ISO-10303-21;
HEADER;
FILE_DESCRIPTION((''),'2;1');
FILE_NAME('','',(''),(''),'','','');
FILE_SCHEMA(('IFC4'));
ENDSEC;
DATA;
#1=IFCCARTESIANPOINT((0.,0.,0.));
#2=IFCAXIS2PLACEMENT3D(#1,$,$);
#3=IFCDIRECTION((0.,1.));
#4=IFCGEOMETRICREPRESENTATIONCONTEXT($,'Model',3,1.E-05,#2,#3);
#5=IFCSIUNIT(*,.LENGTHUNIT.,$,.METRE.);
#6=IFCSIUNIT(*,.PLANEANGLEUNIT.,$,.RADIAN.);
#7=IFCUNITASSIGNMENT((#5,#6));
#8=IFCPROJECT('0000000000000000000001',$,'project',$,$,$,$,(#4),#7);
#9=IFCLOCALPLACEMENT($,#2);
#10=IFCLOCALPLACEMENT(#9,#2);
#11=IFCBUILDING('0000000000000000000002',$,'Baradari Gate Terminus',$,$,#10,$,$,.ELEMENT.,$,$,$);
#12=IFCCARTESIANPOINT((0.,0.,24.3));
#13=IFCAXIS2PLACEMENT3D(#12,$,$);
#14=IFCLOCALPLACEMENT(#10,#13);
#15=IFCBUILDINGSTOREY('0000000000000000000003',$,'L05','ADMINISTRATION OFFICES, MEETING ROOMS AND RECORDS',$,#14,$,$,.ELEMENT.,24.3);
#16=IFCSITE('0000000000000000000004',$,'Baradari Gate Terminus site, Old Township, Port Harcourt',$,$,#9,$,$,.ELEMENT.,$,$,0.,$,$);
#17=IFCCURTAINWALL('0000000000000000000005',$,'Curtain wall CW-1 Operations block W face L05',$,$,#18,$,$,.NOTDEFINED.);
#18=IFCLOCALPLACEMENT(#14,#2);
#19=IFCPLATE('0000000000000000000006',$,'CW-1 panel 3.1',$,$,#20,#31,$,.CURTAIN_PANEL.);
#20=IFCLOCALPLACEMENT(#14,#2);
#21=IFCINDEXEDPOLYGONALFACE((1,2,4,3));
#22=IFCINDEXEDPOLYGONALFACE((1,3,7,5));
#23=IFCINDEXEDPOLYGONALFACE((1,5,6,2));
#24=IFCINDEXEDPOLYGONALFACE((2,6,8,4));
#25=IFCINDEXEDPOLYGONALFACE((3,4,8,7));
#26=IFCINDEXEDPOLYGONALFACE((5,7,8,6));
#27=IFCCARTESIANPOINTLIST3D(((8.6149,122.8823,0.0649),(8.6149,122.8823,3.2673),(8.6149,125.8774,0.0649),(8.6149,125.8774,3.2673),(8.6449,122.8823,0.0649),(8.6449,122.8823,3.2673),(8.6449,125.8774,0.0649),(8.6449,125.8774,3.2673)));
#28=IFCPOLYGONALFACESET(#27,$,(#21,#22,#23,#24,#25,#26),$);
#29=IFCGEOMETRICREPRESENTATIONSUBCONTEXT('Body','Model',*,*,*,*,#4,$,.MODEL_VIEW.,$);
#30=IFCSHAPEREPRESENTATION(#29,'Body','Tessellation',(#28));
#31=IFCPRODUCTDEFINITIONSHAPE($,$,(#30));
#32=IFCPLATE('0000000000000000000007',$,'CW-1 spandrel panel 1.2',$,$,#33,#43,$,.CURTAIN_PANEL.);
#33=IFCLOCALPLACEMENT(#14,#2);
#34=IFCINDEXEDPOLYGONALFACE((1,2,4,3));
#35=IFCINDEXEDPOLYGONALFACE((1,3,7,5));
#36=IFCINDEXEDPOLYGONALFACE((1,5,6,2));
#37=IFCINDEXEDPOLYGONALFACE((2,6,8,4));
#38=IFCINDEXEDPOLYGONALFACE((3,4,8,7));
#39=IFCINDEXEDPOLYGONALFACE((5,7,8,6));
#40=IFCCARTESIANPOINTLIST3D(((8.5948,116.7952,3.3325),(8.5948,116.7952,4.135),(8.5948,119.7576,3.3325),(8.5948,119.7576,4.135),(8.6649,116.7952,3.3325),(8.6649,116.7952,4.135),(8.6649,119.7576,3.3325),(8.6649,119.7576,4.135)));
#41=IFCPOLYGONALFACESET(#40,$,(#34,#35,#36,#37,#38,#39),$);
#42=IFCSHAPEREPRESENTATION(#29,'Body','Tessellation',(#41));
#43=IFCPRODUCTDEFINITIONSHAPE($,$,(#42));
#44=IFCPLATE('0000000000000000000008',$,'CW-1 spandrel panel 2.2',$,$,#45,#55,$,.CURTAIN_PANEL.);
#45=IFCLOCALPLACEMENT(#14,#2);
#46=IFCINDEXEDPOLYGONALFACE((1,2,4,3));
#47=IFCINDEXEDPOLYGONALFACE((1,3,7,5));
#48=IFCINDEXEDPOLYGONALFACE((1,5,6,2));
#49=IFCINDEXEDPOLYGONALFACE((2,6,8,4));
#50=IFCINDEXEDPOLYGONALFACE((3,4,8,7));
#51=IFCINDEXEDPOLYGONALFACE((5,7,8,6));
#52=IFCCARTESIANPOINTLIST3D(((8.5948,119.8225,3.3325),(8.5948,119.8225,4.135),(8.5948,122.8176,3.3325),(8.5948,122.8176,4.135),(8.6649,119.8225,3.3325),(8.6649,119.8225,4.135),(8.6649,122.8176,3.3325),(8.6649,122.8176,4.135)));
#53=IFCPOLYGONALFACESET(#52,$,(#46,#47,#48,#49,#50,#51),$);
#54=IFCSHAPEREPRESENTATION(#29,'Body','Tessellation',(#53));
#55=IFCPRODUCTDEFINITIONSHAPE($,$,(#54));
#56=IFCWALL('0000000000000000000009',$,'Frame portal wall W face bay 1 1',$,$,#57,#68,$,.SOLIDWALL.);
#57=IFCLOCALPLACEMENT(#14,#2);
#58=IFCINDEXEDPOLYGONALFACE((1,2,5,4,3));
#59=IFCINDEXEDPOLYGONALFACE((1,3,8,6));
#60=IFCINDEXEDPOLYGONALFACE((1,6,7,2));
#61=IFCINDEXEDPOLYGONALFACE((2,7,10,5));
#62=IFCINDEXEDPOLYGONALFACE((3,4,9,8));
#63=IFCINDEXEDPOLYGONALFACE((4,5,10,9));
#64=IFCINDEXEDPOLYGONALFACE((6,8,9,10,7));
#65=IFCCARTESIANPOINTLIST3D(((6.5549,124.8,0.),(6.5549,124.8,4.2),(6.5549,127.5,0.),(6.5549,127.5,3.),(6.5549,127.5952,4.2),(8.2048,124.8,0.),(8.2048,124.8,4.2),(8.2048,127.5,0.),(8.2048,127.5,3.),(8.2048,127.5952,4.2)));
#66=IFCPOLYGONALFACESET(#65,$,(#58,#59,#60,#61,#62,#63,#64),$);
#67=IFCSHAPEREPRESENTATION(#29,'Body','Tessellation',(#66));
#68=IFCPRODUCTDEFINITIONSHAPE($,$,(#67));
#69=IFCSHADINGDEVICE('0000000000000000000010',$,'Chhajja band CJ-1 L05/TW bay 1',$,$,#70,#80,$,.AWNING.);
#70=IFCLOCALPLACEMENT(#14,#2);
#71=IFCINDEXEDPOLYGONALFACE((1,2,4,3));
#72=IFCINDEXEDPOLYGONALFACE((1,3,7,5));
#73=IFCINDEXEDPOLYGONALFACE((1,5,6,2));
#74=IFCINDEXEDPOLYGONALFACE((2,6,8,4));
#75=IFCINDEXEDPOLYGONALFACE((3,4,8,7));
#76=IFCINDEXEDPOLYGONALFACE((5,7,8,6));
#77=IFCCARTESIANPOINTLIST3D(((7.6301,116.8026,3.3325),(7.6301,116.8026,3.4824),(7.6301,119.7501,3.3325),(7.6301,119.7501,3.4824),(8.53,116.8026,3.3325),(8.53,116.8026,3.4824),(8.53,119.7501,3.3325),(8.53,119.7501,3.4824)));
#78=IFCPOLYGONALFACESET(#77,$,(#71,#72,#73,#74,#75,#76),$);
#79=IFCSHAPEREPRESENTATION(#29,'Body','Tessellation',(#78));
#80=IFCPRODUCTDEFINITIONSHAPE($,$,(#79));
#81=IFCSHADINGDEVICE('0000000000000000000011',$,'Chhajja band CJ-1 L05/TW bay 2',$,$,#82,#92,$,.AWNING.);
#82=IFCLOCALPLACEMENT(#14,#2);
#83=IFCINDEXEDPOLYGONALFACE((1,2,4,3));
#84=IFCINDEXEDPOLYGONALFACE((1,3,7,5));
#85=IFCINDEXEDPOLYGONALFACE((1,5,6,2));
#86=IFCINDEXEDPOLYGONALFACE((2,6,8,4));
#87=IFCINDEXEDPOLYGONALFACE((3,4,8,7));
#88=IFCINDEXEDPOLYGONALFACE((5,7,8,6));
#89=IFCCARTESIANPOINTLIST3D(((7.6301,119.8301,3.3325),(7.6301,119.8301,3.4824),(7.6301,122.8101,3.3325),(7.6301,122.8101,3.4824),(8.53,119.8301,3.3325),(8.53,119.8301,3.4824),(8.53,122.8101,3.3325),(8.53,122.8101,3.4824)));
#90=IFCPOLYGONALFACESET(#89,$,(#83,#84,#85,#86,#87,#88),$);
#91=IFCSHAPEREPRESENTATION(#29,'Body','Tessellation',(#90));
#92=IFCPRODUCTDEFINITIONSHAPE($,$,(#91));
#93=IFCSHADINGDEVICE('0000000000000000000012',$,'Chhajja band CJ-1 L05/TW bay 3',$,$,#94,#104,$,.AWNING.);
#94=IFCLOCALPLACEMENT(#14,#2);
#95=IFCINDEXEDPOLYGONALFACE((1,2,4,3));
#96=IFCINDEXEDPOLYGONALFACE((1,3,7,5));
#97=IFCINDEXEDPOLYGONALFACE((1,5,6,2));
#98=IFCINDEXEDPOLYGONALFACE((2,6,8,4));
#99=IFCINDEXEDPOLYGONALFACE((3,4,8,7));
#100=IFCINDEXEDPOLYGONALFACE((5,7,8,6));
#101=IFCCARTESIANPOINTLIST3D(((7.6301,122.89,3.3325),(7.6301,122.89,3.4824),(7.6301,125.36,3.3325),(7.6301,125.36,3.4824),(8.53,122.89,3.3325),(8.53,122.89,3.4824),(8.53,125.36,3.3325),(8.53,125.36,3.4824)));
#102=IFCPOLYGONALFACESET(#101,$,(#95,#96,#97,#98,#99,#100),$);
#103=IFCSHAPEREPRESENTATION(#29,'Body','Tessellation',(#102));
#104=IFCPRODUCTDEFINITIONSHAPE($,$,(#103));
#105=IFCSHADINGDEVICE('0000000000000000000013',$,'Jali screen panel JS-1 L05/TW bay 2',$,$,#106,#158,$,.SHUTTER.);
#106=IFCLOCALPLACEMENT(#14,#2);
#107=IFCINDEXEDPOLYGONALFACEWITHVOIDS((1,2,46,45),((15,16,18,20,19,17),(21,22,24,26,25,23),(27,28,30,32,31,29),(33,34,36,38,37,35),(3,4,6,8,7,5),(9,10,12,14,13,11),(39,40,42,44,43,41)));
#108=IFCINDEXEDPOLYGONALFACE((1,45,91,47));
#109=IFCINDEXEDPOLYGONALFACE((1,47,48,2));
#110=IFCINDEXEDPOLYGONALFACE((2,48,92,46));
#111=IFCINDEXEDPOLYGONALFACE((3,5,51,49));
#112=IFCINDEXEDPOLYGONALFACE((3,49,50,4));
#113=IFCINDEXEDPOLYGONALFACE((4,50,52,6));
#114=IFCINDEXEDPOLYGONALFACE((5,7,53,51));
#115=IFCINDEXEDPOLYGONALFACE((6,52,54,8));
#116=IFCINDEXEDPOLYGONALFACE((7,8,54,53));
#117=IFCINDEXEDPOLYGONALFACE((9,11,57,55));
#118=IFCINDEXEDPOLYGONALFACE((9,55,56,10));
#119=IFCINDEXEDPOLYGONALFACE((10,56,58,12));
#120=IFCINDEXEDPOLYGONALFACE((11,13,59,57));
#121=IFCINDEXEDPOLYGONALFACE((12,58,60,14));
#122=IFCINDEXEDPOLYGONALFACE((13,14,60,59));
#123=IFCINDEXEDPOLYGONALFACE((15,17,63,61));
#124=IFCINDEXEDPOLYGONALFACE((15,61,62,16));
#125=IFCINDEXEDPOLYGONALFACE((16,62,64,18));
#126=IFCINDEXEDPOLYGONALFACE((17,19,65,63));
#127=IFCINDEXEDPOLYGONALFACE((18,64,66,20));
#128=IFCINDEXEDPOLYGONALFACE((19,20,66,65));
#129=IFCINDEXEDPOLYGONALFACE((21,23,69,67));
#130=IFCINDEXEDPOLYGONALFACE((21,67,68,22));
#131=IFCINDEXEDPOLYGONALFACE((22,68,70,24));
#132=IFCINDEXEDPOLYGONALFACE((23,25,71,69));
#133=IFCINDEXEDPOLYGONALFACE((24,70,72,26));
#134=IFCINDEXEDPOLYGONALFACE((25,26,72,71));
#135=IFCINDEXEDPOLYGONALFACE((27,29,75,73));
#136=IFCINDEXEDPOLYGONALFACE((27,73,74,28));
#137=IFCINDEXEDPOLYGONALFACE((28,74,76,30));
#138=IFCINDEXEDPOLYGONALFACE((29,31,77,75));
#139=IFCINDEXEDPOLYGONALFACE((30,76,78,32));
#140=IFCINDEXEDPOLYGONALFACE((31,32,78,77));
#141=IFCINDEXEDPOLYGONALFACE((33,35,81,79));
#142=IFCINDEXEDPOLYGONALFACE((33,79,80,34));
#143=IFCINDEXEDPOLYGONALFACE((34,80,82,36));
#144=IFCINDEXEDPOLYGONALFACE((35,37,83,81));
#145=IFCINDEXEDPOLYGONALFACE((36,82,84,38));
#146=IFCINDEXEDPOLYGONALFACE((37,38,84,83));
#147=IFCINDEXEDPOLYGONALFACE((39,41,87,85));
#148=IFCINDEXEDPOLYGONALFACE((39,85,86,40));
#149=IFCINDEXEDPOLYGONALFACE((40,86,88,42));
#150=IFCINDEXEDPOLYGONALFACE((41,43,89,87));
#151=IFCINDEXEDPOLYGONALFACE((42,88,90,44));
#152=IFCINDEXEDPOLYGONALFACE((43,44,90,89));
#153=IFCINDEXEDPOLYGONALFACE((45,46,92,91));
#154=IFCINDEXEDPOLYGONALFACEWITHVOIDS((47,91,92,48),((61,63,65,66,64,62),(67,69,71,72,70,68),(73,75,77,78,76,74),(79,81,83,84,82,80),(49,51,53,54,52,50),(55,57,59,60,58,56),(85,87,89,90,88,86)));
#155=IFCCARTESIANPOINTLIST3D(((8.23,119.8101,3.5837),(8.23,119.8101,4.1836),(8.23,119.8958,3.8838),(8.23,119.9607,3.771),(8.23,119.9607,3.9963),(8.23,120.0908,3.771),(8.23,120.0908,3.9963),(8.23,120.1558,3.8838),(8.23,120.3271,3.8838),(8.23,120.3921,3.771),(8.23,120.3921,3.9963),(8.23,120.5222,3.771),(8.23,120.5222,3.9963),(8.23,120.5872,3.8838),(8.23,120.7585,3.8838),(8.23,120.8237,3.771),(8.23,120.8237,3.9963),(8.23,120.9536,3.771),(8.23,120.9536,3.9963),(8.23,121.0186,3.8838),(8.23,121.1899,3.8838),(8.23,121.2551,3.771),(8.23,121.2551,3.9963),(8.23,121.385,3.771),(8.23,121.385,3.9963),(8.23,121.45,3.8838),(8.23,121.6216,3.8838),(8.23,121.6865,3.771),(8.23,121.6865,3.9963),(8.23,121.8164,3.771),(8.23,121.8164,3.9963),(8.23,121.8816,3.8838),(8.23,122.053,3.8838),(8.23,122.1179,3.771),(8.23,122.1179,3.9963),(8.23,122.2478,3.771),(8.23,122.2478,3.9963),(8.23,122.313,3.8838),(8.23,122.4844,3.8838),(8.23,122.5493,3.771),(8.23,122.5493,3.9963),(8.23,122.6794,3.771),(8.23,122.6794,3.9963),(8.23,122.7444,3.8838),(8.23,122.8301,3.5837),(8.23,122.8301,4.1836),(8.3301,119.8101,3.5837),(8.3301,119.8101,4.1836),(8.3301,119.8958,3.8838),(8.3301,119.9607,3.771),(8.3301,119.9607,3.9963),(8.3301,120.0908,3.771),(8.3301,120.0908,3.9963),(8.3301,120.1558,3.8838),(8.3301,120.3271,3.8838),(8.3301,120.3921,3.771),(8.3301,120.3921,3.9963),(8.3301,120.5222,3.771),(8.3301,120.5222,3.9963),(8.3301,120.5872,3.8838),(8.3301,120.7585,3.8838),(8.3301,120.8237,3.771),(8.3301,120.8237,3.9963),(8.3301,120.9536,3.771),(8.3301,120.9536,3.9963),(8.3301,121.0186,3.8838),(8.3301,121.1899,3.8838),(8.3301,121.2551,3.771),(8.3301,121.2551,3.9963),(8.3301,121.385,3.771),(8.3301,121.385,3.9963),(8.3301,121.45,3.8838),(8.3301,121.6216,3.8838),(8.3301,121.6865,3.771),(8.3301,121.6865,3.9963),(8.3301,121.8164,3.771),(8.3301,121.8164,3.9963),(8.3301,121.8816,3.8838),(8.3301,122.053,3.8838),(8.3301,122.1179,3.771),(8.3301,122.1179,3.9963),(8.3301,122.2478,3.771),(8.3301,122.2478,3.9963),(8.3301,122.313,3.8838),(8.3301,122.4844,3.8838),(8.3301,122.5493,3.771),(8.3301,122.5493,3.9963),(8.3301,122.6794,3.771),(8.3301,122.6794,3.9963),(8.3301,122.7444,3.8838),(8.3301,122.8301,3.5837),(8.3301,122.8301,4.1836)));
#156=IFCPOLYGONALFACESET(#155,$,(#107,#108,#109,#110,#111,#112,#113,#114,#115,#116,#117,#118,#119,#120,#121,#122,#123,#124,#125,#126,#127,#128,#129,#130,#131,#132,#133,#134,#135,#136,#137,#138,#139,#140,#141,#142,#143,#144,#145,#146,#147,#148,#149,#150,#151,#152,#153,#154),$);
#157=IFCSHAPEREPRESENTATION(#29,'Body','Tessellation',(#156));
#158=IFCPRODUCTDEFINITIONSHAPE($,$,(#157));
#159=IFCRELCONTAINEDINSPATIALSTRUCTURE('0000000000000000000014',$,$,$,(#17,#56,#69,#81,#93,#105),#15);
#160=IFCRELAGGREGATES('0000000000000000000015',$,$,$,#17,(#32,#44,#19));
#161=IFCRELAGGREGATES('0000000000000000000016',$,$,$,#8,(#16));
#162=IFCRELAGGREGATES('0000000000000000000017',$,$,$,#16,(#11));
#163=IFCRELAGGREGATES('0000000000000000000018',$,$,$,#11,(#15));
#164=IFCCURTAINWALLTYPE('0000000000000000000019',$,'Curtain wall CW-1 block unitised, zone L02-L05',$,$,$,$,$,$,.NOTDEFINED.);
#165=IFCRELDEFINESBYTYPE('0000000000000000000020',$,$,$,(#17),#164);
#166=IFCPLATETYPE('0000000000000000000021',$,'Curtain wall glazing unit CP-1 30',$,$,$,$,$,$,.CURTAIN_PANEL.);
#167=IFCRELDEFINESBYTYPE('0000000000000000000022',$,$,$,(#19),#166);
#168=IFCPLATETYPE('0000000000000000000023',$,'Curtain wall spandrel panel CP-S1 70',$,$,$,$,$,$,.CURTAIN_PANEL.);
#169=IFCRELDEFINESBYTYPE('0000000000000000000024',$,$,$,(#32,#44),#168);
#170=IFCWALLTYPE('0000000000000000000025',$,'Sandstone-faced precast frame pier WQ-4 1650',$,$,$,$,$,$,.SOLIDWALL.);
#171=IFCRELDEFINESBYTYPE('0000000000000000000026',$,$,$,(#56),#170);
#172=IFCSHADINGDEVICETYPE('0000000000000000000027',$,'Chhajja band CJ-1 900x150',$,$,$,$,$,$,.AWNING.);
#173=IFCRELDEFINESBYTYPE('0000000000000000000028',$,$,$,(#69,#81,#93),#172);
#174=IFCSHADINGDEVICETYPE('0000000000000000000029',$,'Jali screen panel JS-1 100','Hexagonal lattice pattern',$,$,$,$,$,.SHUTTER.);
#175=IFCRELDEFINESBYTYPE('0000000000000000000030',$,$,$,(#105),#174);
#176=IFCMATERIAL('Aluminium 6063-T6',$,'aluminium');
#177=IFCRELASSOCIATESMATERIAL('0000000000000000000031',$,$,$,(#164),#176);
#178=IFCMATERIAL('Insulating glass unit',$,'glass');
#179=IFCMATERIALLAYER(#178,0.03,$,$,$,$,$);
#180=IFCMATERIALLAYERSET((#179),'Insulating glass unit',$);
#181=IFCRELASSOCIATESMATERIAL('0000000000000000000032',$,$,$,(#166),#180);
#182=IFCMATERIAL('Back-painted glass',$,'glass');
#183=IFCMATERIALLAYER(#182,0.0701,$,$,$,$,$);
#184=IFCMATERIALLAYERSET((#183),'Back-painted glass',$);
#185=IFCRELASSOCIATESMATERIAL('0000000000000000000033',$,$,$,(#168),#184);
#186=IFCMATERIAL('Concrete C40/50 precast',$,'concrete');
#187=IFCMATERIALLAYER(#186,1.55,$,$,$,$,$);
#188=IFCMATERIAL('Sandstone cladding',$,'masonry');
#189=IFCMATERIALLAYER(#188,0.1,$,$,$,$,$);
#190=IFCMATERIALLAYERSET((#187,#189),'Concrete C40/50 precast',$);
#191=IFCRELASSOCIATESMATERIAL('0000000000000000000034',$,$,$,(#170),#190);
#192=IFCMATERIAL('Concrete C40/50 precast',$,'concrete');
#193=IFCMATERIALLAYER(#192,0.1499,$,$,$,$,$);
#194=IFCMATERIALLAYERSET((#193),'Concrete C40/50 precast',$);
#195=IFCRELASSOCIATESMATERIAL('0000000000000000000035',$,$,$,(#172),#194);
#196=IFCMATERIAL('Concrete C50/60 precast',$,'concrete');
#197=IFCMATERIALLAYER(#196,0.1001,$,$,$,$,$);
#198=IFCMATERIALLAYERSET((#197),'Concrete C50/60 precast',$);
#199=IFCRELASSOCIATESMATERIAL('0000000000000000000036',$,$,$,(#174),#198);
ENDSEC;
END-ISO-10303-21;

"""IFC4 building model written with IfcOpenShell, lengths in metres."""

from ifc_helpers import new_model, si_unit, direction, frame, origin, origin_2d, place, context, subcontext, project, spatial, polyline, rectangle, outline, extrude, material, layer, layer_set, type_object, element, aggregate, save


model = new_model("IFC4")

# Units and contexts
model_context = context("Model", 3, precision=1e-05, world=origin(), true_north=direction((0.0, 1.0)))
body_context = subcontext(model_context, "Body", "Model", "MODEL_VIEW")
ifc_project = project(units=[si_unit("LENGTHUNIT", "METRE"), si_unit("PLANEANGLEUNIT", "RADIAN")], contexts=[model_context])

# Site, building, storey
site_placement = place(None, origin())
site = spatial("IfcSite", under=ifc_project, at=site_placement, Name="Baradari Gate Terminus site, Old Township, Port Harcourt", CompositionType="ELEMENT", RefElevation=0.0)
building_placement = place(site_placement, origin())
building = spatial("IfcBuilding", under=site, at=building_placement, Name="Baradari Gate Terminus", CompositionType="ELEMENT")
storey_placement = place(building_placement, frame((0.0, 0.0, 24.3)))
storey = spatial("IfcBuildingStorey", under=building, at=storey_placement, Name="L05", Description="ADMINISTRATION OFFICES, MEETING ROOMS AND RECORDS", CompositionType="ELEMENT", Elevation=24.3)

# Curtain wall, plates
ifc_material_1 = material(Name="Aluminium 6063-T6", Category="aluminium")
curtain_wall_type = type_object("IfcCurtainWallType", Name="Curtain wall CW-1 block unitised, zone L02-L05", PredefinedType="NOTDEFINED", material=ifc_material_1)
curtain_wall_placement = place(storey_placement, origin())
curtain_wall = element("IfcCurtainWall", 1, at=curtain_wall_placement, inside=storey, type_object=curtain_wall_type, Name="Curtain wall CW-1 Operations block W face L05", PredefinedType="NOTDEFINED")
ifc_material_2 = material(Name="Insulating glass unit", Category="glass")
ifc_layer_1 = layer(ifc_material_2, 0.03)
ifc_layer_set_1 = layer_set([ifc_layer_1], Name="Insulating glass unit")
plate_type_1 = type_object("IfcPlateType", Name="Curtain wall glazing unit CP-1 30", PredefinedType="CURTAIN_PANEL", material=ifc_layer_set_1)
plate_1_placement = place(storey_placement, frame((8.6299, 124.3799, 0.0649), z_axis=(0.0, 0.0, 1.0), x_axis=(0.0, 1.0, 0.0)))
plate_1 = element("IfcPlate", 2, at=plate_1_placement, type_object=plate_type_1, Name="CW-1 panel 3.1", PredefinedType="CURTAIN_PANEL", context=body_context, shape_type="SweptSolid", body=[
    extrude(rectangle(XDim=2.9951, YDim=0.03, at=origin_2d()), origin(), (0.0, 0.0, 1.0), 3.2024),
])
ifc_material_3 = material(Name="Back-painted glass", Category="glass")
ifc_layer_2 = layer(ifc_material_3, 0.0701)
ifc_layer_set_2 = layer_set([ifc_layer_2], Name="Back-painted glass")
plate_type_2 = type_object("IfcPlateType", Name="Curtain wall spandrel panel CP-S1 70", PredefinedType="CURTAIN_PANEL", material=ifc_layer_set_2)
plate_2_placement = place(storey_placement, frame((8.6299, 118.2764, 3.3325), z_axis=(0.0, 0.0, 1.0), x_axis=(0.0, 1.0, 0.0)))
plate_2 = element("IfcPlate", 3, at=plate_2_placement, type_object=plate_type_2, Name="CW-1 spandrel panel 1.2", PredefinedType="CURTAIN_PANEL", context=body_context, shape_type="SweptSolid", body=[
    extrude(rectangle(XDim=2.9624, YDim=0.0701, at=origin_2d()), origin(), (0.0, 0.0, 1.0), 0.8025),
])
plate_3_placement = place(storey_placement, frame((8.6299, 121.3201, 3.3325), z_axis=(0.0, 0.0, 1.0), x_axis=(0.0, 1.0, 0.0)))
plate_3 = element("IfcPlate", 4, at=plate_3_placement, type_object=plate_type_2, Name="CW-1 spandrel panel 2.2", PredefinedType="CURTAIN_PANEL", context=body_context, shape_type="SweptSolid", body=[
    extrude(rectangle(XDim=2.9951, YDim=0.0701, at=origin_2d()), origin(), (0.0, 0.0, 1.0), 0.8025),
])
aggregate(curtain_wall, [plate_2, plate_3, plate_1])

# Wall
ifc_material_4 = material(Name="Concrete C40/50 precast", Category="concrete")
ifc_layer_3 = layer(ifc_material_4, 1.55)
ifc_material_5 = material(Name="Sandstone cladding", Category="masonry")
ifc_layer_4 = layer(ifc_material_5, 0.1)
ifc_layer_set_3 = layer_set([ifc_layer_3, ifc_layer_4], Name="Concrete C40/50 precast")
wall_type = type_object("IfcWallType", Name="Sandstone-faced precast frame pier WQ-4 1650", PredefinedType="SOLIDWALL", material=ifc_layer_set_3)
wall_placement = place(storey_placement, frame((7.3799, 124.8, 0.0), z_axis=(0.0, 0.0, 1.0), x_axis=(0.0, 1.0, 0.0)))
element("IfcWall", 5, at=wall_placement, inside=storey, type_object=wall_type, Name="Frame portal wall W face bay 1 1", PredefinedType="SOLIDWALL", context=body_context, shape_type="SweptSolid", body=[
    extrude(outline(polyline([(2.7, 0.0), (2.7, 3.0), (2.7952, 4.2), (0.0, 4.2), (0.0, 0.0), (2.7, 0.0)])), frame((0.0, 0.825, 0.0), z_axis=(0.0, -1.0, 0.0), x_axis=(1.0, 0.0, 0.0)), (0.0, 0.0, 1.0), 1.6499),
])

# Shading devices
ifc_material_6 = material(Name="Concrete C40/50 precast", Category="concrete")
ifc_layer_5 = layer(ifc_material_6, 0.1499)
ifc_layer_set_4 = layer_set([ifc_layer_5], Name="Concrete C40/50 precast")
shading_device_type_1 = type_object("IfcShadingDeviceType", Name="Chhajja band CJ-1 900x150", PredefinedType="AWNING", material=ifc_layer_set_4)
shading_device_1_placement = place(storey_placement, frame((8.0801, 118.2764, 3.3325), z_axis=(0.0, 0.0, 1.0), x_axis=(0.0, 1.0, 0.0)))
element("IfcShadingDevice", 6, at=shading_device_1_placement, inside=storey, type_object=shading_device_type_1, Name="Chhajja band CJ-1 L05/TW bay 1", PredefinedType="AWNING", context=body_context, shape_type="SweptSolid", body=[
    extrude(rectangle(XDim=2.9475, YDim=0.8999, at=origin_2d()), origin(), (0.0, 0.0, 1.0), 0.1499),
])
shading_device_2_placement = place(storey_placement, frame((8.0801, 121.3201, 3.3325), z_axis=(0.0, 0.0, 1.0), x_axis=(0.0, 1.0, 0.0)))
element("IfcShadingDevice", 7, at=shading_device_2_placement, inside=storey, type_object=shading_device_type_1, Name="Chhajja band CJ-1 L05/TW bay 2", PredefinedType="AWNING", context=body_context, shape_type="SweptSolid", body=[
    extrude(rectangle(XDim=2.98, YDim=0.8999, at=origin_2d()), origin(), (0.0, 0.0, 1.0), 0.1499),
])
shading_device_3_placement = place(storey_placement, frame((8.0801, 124.125, 3.3325), z_axis=(0.0, 0.0, 1.0), x_axis=(0.0, 1.0, 0.0)))
element("IfcShadingDevice", 8, at=shading_device_3_placement, inside=storey, type_object=shading_device_type_1, Name="Chhajja band CJ-1 L05/TW bay 3", PredefinedType="AWNING", context=body_context, shape_type="SweptSolid", body=[
    extrude(rectangle(XDim=2.47, YDim=0.8999, at=origin_2d()), origin(), (0.0, 0.0, 1.0), 0.1499),
])
ifc_material_7 = material(Name="Concrete C50/60 precast", Category="concrete")
ifc_layer_6 = layer(ifc_material_7, 0.1001)
ifc_layer_set_5 = layer_set([ifc_layer_6], Name="Concrete C50/60 precast")
shading_device_type_2 = type_object("IfcShadingDeviceType", Name="Jali screen panel JS-1 100", Description="Hexagonal lattice pattern", PredefinedType="SHUTTER", material=ifc_layer_set_5)
shading_device_4_placement = place(storey_placement, frame((8.28, 119.8101, 3.5837), z_axis=(0.0, 0.0, 1.0), x_axis=(0.0, 1.0, 0.0)))
element("IfcShadingDevice", 9, at=shading_device_4_placement, inside=storey, type_object=shading_device_type_2, Name="Jali screen panel JS-1 L05/TW bay 2", PredefinedType="SHUTTER", context=body_context, shape_type="SweptSolid", body=[
    extrude(outline(polyline([(0.0, 0.0), (3.02, 0.0), (3.02, 0.5999), (0.0, 0.5999), (0.0, 0.0)]), holes=[polyline([(0.3457, 0.3), (0.2808, 0.1873), (0.1506, 0.1873), (0.0857, 0.3), (0.1506, 0.4126), (0.2808, 0.4126), (0.3457, 0.3)]), polyline([(0.7771, 0.3), (0.7122, 0.1873), (0.582, 0.1873), (0.5171, 0.3), (0.582, 0.4126), (0.7122, 0.4126), (0.7771, 0.3)]), polyline([(1.2085, 0.3), (1.1436, 0.1873), (1.0137, 0.1873), (0.9485, 0.3), (1.0137, 0.4126), (1.1436, 0.4126), (1.2085, 0.3)]), polyline([(1.6399, 0.3), (1.575, 0.1873), (1.4451, 0.1873), (1.3799, 0.3), (1.4451, 0.4126), (1.575, 0.4126), (1.6399, 0.3)]), polyline([(2.0715, 0.3), (2.0063, 0.1873), (1.8765, 0.1873), (1.8115, 0.3), (1.8765, 0.4126), (2.0063, 0.4126), (2.0715, 0.3)]), polyline([(2.5029, 0.3), (2.4377, 0.1873), (2.3079, 0.1873), (2.2429, 0.3), (2.3079, 0.4126), (2.4377, 0.4126), (2.5029, 0.3)]), polyline([(2.9343, 0.3), (2.8694, 0.1873), (2.7393, 0.1873), (2.6743, 0.3), (2.7393, 0.4126), (2.8694, 0.4126), (2.9343, 0.3)])]), frame((0.0, 0.05, 0.0), z_axis=(0.0, -1.0, 0.0), x_axis=(1.0, 0.0, 0.0)), (0.0, 0.0, 1.0), 0.1001),
])

save(model, "model.ifc")
